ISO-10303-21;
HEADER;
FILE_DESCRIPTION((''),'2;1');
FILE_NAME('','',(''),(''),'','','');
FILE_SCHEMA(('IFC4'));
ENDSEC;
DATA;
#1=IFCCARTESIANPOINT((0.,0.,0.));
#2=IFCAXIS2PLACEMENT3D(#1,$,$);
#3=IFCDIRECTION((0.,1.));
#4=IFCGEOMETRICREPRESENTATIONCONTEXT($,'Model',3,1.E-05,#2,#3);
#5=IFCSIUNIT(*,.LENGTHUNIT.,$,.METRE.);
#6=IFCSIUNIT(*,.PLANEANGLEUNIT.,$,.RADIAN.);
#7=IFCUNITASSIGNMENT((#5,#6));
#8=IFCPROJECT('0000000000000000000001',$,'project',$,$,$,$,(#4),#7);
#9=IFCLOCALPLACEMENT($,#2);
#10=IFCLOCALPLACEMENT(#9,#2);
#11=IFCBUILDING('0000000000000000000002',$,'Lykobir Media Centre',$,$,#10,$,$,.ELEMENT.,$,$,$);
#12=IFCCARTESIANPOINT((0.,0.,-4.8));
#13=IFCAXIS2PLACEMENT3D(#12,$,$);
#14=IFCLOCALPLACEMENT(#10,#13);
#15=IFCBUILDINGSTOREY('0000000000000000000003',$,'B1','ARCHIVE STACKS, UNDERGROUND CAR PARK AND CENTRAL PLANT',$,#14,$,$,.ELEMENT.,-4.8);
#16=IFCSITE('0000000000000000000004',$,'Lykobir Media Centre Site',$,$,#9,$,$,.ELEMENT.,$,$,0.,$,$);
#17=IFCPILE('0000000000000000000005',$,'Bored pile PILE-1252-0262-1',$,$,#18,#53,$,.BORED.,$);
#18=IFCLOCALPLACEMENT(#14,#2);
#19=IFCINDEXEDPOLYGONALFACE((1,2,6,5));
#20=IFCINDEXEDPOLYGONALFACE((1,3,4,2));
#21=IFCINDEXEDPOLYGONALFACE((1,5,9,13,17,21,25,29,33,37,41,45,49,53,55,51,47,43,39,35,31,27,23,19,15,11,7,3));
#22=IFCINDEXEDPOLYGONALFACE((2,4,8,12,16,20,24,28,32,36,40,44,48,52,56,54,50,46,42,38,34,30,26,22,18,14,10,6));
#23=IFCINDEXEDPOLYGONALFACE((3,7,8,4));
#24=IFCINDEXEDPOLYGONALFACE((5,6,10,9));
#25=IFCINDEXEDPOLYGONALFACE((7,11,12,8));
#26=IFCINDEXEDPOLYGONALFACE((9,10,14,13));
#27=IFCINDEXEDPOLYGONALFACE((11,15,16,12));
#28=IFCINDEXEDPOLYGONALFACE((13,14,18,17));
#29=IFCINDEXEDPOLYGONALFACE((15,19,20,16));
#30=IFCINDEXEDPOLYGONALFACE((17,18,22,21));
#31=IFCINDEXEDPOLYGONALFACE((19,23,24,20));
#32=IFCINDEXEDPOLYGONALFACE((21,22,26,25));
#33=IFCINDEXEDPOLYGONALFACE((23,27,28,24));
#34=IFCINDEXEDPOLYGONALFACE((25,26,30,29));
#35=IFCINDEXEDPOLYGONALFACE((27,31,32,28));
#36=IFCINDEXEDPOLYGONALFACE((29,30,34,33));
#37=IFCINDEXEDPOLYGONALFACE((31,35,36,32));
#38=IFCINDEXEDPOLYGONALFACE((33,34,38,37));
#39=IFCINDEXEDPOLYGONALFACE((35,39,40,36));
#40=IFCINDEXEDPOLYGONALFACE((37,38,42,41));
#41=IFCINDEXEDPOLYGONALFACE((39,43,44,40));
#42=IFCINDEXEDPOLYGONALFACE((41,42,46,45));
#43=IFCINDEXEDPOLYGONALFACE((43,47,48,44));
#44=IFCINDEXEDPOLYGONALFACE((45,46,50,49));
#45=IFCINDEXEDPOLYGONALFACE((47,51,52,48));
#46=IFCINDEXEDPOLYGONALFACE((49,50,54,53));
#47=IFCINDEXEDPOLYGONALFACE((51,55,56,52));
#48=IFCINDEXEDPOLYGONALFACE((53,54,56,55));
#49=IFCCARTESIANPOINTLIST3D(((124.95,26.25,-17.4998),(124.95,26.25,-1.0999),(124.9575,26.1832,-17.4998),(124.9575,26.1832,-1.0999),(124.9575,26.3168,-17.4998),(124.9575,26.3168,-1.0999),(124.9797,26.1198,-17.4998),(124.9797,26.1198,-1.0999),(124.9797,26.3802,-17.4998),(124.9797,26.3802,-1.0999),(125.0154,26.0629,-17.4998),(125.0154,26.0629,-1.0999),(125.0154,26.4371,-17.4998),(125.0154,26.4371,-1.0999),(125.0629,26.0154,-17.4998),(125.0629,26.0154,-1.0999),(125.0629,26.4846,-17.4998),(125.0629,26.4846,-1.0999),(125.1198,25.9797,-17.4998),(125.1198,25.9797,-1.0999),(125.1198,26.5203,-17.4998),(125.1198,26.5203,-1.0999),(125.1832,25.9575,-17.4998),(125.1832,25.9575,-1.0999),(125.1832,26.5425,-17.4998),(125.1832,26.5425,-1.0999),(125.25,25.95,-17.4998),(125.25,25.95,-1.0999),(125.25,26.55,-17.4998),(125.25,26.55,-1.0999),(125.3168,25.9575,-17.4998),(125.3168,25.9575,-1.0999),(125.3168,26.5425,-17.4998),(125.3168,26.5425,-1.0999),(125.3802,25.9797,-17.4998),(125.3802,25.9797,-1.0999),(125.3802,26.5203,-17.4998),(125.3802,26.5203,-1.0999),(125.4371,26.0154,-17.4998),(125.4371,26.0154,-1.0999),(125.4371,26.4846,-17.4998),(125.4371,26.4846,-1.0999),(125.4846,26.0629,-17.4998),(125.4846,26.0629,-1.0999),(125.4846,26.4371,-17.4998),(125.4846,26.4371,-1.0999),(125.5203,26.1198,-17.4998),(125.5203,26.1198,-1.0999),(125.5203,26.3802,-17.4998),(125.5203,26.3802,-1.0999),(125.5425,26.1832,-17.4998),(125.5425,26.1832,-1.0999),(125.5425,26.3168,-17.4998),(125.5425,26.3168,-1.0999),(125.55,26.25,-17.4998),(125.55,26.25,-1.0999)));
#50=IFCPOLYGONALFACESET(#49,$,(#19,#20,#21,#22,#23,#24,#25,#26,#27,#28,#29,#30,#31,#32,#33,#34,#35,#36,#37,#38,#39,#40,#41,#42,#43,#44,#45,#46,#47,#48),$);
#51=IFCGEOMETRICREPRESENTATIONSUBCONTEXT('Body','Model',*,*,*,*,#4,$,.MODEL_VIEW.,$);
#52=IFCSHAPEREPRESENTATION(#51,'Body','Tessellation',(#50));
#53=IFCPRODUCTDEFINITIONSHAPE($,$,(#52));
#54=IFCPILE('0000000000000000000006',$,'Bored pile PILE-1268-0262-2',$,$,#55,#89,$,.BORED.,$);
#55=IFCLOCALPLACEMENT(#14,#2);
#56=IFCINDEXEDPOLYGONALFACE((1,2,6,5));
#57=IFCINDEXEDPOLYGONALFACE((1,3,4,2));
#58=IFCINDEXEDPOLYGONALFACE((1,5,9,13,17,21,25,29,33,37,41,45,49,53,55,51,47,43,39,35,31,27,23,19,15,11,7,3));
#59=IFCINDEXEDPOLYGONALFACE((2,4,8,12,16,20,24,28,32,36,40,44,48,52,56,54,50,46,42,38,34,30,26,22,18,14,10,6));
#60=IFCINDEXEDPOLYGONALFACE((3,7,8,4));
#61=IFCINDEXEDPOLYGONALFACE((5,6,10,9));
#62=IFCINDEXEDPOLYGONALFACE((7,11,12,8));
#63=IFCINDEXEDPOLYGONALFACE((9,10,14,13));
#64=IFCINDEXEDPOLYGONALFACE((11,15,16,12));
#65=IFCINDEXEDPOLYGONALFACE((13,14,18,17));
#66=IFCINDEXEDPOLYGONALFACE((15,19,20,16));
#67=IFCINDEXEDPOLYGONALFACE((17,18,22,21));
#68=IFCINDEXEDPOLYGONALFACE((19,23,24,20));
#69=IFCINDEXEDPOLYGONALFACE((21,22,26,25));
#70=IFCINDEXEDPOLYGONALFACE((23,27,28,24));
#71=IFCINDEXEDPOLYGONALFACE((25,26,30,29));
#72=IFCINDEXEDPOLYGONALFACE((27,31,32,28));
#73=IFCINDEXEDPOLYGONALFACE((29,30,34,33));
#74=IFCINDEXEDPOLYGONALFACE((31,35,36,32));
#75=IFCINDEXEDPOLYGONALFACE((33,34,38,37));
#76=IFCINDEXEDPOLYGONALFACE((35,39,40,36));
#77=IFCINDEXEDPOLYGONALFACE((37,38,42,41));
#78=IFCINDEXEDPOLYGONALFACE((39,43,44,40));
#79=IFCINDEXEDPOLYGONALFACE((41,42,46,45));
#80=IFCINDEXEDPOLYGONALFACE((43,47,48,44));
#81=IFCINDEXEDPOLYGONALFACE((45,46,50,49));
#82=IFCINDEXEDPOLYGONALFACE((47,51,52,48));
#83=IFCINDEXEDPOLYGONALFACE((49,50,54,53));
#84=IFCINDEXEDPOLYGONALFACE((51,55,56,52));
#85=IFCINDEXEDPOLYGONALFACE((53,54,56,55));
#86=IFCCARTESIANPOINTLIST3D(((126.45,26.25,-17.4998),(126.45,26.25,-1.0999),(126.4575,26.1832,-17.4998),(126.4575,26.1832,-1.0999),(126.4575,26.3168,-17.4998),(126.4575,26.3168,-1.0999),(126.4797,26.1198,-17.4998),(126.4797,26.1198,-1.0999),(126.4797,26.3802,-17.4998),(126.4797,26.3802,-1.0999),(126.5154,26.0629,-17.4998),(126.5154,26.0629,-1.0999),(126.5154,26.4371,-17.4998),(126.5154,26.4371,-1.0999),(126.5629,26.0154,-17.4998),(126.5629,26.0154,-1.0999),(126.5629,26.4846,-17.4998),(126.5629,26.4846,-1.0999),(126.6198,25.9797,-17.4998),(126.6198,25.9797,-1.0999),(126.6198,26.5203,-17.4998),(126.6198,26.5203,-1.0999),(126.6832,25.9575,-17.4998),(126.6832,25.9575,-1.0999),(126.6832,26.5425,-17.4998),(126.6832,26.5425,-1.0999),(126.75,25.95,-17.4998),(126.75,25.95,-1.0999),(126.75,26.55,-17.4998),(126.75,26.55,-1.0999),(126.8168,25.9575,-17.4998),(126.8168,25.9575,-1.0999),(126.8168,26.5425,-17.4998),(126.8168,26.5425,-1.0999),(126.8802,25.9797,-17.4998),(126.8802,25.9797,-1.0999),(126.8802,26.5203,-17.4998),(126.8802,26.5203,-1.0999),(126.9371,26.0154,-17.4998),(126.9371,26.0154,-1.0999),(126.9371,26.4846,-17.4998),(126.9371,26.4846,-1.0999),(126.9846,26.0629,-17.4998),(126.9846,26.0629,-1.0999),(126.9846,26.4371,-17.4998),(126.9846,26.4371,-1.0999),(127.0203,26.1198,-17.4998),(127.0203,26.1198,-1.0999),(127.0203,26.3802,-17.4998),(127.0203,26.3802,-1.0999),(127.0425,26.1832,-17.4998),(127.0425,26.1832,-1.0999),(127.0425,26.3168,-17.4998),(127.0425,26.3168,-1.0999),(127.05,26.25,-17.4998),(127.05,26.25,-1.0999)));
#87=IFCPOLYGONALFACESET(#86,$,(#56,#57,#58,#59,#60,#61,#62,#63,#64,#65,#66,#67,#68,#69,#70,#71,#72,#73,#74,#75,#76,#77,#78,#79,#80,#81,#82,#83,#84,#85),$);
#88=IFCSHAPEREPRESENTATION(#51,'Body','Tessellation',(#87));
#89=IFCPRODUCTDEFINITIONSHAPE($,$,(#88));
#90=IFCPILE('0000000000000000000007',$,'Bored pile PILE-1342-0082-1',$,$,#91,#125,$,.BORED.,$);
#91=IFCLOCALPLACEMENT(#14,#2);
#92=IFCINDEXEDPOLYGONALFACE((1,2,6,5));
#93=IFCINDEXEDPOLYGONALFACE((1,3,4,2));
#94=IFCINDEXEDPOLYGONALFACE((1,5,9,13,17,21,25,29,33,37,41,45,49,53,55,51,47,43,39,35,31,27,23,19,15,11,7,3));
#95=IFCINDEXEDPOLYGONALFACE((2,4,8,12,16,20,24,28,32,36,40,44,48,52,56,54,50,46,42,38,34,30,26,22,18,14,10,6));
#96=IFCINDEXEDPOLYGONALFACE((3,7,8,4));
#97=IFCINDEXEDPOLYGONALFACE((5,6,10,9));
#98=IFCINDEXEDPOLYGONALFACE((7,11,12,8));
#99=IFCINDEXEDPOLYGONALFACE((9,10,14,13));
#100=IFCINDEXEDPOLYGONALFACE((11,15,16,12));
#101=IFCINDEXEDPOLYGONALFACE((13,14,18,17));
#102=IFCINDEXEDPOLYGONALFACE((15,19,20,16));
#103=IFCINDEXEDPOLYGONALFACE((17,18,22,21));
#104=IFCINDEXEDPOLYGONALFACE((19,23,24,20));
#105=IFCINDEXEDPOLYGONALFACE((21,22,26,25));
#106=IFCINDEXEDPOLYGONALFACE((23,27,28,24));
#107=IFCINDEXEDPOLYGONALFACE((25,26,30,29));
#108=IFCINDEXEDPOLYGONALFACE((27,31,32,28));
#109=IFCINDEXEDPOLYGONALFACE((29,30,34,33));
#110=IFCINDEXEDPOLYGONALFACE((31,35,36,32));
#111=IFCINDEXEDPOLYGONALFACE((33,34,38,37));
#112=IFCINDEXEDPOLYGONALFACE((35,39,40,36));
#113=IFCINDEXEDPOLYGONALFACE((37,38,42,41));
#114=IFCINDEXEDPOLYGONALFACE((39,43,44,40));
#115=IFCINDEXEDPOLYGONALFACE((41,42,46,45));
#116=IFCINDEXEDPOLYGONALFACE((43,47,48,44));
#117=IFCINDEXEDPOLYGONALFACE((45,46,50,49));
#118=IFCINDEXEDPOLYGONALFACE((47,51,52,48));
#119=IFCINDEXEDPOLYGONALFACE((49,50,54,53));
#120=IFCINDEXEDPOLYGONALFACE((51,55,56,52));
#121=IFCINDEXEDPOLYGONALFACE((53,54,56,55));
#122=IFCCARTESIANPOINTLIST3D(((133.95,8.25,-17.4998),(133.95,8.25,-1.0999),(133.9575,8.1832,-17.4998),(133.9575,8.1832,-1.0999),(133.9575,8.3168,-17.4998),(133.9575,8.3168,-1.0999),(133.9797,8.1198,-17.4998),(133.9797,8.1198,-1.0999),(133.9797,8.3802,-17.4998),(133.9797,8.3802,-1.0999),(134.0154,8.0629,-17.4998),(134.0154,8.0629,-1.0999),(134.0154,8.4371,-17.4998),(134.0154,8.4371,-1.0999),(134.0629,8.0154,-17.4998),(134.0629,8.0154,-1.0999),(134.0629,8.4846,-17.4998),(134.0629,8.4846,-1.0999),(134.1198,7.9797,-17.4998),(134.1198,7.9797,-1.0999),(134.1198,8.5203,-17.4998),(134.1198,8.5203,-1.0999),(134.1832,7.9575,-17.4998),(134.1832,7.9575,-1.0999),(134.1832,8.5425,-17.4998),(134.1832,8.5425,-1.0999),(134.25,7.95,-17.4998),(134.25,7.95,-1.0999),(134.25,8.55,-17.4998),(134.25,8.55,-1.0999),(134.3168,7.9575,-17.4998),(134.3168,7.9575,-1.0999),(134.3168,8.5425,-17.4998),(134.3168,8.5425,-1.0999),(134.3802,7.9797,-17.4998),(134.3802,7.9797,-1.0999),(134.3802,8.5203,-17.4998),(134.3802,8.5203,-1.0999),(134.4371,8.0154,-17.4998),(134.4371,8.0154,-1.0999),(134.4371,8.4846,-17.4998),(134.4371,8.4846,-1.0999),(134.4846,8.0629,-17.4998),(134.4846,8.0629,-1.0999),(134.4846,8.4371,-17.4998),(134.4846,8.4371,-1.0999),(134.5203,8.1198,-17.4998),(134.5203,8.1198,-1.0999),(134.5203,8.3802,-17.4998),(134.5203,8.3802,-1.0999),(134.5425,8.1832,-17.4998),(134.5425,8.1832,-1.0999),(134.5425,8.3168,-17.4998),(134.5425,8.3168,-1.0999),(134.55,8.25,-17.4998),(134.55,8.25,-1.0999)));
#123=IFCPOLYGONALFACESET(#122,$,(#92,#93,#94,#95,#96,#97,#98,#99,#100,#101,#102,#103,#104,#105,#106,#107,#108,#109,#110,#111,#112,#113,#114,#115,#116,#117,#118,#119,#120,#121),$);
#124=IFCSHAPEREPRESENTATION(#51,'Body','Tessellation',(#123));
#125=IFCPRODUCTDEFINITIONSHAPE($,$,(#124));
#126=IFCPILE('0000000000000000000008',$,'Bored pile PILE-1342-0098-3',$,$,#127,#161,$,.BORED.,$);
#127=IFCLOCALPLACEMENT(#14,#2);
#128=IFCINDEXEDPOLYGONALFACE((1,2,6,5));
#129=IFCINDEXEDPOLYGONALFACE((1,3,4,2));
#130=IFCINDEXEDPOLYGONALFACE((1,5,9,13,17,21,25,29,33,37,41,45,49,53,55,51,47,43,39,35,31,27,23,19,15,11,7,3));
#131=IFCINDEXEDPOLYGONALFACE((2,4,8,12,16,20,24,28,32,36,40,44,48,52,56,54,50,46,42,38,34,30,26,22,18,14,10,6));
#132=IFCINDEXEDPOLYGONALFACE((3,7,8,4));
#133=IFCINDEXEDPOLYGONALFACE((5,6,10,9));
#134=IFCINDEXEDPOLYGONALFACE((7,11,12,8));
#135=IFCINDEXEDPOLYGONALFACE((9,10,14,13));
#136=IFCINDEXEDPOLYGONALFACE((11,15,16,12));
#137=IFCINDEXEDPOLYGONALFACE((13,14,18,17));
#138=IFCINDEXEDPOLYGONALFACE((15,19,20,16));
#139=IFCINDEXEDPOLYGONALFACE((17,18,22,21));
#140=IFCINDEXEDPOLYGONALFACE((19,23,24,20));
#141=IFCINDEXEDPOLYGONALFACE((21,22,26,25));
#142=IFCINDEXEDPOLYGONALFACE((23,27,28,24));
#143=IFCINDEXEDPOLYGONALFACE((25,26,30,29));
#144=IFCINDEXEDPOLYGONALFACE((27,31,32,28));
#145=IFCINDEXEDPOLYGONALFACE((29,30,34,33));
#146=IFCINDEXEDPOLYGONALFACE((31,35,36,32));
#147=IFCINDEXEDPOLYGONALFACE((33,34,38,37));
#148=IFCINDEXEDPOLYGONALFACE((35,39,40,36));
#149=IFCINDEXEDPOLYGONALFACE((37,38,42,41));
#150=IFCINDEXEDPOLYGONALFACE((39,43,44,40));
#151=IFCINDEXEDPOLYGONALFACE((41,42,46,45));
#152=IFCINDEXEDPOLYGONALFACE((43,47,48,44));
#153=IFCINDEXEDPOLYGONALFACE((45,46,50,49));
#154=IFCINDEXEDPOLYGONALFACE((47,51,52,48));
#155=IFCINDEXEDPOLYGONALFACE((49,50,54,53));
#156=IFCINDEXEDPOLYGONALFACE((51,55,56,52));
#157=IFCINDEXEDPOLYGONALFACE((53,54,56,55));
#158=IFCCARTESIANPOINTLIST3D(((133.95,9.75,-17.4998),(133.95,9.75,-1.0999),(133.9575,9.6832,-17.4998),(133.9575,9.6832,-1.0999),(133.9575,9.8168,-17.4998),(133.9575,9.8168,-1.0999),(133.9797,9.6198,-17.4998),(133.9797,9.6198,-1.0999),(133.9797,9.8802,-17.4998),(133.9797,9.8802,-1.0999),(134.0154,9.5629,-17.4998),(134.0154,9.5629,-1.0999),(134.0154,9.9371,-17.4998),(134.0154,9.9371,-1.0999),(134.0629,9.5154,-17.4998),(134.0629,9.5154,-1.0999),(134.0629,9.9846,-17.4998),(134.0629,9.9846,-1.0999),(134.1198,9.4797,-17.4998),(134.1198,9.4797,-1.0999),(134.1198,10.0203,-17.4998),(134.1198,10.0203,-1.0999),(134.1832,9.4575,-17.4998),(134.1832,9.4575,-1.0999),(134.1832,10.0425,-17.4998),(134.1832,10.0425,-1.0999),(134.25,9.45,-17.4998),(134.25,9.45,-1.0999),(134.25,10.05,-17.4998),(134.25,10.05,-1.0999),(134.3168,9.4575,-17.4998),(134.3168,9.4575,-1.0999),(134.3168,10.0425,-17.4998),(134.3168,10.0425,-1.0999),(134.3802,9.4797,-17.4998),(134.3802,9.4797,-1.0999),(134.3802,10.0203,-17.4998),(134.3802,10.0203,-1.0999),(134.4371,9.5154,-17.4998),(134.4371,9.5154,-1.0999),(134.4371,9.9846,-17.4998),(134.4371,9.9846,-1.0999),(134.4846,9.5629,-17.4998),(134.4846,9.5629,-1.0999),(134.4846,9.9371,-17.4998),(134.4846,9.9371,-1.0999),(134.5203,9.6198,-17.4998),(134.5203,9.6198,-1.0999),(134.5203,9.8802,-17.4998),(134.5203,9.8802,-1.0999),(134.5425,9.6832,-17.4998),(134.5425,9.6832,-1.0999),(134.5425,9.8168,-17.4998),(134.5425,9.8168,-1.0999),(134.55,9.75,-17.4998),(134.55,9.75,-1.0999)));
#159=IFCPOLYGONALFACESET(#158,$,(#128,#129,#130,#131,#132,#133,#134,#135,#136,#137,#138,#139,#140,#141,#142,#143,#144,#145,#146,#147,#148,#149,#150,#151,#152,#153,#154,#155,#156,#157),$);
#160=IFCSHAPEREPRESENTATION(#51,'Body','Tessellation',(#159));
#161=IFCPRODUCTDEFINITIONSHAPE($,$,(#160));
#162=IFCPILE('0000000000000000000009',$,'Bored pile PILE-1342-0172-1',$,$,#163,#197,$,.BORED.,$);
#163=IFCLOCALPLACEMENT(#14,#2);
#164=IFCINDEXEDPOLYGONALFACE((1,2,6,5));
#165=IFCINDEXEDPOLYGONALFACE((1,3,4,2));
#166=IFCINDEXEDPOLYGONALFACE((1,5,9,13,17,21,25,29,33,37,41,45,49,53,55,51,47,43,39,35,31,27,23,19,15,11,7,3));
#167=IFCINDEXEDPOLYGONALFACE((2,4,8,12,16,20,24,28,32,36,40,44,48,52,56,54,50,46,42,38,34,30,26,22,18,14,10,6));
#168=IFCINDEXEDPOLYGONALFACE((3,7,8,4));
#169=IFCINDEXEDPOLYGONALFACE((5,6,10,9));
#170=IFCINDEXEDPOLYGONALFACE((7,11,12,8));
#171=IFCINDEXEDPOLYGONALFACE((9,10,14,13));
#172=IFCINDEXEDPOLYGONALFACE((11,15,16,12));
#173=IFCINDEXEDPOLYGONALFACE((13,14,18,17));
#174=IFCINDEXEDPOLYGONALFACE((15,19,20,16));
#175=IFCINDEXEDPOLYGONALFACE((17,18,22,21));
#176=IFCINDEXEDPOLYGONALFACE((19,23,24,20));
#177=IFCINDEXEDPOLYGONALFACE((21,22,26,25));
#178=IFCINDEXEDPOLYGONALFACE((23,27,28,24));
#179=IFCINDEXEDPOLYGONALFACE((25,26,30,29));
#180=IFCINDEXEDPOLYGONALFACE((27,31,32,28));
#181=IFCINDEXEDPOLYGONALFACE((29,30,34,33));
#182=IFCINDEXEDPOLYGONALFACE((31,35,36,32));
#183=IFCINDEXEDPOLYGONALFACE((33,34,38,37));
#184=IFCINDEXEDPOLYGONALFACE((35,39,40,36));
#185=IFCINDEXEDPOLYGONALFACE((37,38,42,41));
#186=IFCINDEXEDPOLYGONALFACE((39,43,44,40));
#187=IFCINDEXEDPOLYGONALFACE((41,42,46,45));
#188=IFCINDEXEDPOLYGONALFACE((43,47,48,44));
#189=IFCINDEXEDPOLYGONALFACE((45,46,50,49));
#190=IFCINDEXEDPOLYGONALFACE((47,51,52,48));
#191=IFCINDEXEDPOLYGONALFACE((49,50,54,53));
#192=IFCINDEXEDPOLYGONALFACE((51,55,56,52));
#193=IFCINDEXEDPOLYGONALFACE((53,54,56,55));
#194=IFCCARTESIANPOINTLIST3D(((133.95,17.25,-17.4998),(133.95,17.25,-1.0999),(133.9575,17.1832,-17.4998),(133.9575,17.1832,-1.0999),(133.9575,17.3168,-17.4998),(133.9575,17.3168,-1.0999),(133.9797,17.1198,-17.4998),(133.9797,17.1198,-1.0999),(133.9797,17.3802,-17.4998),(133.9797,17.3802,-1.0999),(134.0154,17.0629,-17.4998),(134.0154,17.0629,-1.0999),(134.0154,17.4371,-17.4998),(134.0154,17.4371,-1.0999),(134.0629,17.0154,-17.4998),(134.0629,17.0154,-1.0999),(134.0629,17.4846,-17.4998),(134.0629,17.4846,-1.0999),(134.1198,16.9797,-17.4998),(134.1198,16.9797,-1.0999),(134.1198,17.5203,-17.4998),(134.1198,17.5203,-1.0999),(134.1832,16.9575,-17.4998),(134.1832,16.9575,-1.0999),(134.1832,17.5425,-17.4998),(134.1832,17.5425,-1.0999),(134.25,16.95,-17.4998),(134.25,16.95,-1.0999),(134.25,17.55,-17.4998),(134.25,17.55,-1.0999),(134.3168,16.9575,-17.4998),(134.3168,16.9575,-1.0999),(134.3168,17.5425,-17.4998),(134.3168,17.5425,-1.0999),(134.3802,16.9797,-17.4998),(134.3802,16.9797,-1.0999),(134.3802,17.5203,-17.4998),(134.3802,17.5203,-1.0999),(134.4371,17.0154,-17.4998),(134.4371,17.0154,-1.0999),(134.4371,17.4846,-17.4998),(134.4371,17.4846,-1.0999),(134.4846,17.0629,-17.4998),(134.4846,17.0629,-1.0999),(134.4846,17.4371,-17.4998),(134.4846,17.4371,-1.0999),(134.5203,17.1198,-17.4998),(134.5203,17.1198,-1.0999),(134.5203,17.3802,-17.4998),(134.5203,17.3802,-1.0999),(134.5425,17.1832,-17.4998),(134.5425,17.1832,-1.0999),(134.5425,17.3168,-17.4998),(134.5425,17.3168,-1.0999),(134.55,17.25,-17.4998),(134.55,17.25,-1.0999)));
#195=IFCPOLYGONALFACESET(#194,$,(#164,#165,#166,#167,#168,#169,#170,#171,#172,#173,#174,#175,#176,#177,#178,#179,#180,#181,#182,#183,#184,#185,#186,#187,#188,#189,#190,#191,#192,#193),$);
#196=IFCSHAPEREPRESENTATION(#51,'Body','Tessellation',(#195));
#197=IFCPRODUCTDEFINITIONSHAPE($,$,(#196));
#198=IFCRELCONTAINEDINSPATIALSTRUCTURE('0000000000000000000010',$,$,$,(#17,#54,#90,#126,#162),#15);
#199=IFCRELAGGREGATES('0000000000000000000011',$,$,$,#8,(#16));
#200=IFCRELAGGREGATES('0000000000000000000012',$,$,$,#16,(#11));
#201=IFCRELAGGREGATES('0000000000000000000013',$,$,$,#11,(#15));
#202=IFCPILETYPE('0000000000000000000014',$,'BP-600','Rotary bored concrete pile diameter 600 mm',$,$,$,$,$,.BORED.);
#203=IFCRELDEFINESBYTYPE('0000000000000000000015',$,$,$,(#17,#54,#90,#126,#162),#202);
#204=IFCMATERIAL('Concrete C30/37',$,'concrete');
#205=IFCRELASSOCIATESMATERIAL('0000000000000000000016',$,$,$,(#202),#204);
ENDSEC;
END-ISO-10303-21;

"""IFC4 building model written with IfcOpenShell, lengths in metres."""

from ifc_helpers import new_model, si_unit, direction, frame, origin, origin_2d, place, context, subcontext, project, spatial, circle, extrude, material, material_profile, profile_set, type_object, element, save


model = new_model("IFC4")

# Units and contexts
model_context = context("Model", 3, precision=1e-05, world=origin(), true_north=direction((0.0, 1.0)))
body_context = subcontext(model_context, "Body", "Model", "MODEL_VIEW")
ifc_project = project(units=[si_unit("LENGTHUNIT", "METRE"), si_unit("PLANEANGLEUNIT", "RADIAN")], contexts=[model_context])

# Site, building, storey
site_placement = place(None, origin())
site = spatial("IfcSite", under=ifc_project, at=site_placement, Name="Lykobir Media Centre Site", CompositionType="ELEMENT", RefElevation=0.0)
building_placement = place(site_placement, origin())
building = spatial("IfcBuilding", under=site, at=building_placement, Name="Lykobir Media Centre", CompositionType="ELEMENT")
storey_placement = place(building_placement, frame((0.0, 0.0, -4.8)))
storey = spatial("IfcBuildingStorey", under=building, at=storey_placement, Name="B1", Description="ARCHIVE STACKS, UNDERGROUND CAR PARK AND CENTRAL PLANT", CompositionType="ELEMENT", Elevation=-4.8)

# Piles
ifc_material_1 = material(Name="Concrete C30/37", Category="concrete")
ifc_material_profile_1 = material_profile(ifc_material_1, circle(Radius=0.3, at=origin_2d()), Name="BORED PILE D600")
ifc_profile_set_1 = profile_set([ifc_material_profile_1], Name="Concrete C30/37")
pile_type = type_object("IfcPileType", Name="BP-600", Description="Rotary bored concrete pile diameter 600 mm", PredefinedType="BORED", material=ifc_profile_set_1)
for number, where, z_axis, x_axis, name in (
    (1, (125.25, 26.25, -1.0999), (0.0, 0.0, -1.0), (1.0, 0.0, 0.0), "Bored pile PILE-1252-0262-1"),
    (2, (126.75, 26.25, -1.0999), (0.0, 0.0, -1.0), (1.0, 0.0, 0.0), "Bored pile PILE-1268-0262-2"),
    (3, (134.25, 8.25, -1.0999), (0.0, 0.0, -1.0), (1.0, 0.0, 0.0), "Bored pile PILE-1342-0082-1"),
    (4, (134.25, 9.75, -1.0999), (0.0, 0.0, -1.0), (1.0, 0.0, 0.0), "Bored pile PILE-1342-0098-3"),
    (5, (134.25, 17.25, -1.0999), (0.0, 0.0, -1.0), (1.0, 0.0, 0.0), "Bored pile PILE-1342-0172-1"),
):
    element("IfcPile", number, at=place(storey_placement, frame(where, z_axis=z_axis, x_axis=x_axis)), inside=storey, type_object=pile_type, Name=name, PredefinedType="BORED", context=body_context, shape_type="SweptSolid", body=[
        extrude(circle(Radius=0.3, at=origin_2d()), origin(), (0.0, 0.0, 1.0), 16.3999),
    ])

save(model, "model.ifc")
